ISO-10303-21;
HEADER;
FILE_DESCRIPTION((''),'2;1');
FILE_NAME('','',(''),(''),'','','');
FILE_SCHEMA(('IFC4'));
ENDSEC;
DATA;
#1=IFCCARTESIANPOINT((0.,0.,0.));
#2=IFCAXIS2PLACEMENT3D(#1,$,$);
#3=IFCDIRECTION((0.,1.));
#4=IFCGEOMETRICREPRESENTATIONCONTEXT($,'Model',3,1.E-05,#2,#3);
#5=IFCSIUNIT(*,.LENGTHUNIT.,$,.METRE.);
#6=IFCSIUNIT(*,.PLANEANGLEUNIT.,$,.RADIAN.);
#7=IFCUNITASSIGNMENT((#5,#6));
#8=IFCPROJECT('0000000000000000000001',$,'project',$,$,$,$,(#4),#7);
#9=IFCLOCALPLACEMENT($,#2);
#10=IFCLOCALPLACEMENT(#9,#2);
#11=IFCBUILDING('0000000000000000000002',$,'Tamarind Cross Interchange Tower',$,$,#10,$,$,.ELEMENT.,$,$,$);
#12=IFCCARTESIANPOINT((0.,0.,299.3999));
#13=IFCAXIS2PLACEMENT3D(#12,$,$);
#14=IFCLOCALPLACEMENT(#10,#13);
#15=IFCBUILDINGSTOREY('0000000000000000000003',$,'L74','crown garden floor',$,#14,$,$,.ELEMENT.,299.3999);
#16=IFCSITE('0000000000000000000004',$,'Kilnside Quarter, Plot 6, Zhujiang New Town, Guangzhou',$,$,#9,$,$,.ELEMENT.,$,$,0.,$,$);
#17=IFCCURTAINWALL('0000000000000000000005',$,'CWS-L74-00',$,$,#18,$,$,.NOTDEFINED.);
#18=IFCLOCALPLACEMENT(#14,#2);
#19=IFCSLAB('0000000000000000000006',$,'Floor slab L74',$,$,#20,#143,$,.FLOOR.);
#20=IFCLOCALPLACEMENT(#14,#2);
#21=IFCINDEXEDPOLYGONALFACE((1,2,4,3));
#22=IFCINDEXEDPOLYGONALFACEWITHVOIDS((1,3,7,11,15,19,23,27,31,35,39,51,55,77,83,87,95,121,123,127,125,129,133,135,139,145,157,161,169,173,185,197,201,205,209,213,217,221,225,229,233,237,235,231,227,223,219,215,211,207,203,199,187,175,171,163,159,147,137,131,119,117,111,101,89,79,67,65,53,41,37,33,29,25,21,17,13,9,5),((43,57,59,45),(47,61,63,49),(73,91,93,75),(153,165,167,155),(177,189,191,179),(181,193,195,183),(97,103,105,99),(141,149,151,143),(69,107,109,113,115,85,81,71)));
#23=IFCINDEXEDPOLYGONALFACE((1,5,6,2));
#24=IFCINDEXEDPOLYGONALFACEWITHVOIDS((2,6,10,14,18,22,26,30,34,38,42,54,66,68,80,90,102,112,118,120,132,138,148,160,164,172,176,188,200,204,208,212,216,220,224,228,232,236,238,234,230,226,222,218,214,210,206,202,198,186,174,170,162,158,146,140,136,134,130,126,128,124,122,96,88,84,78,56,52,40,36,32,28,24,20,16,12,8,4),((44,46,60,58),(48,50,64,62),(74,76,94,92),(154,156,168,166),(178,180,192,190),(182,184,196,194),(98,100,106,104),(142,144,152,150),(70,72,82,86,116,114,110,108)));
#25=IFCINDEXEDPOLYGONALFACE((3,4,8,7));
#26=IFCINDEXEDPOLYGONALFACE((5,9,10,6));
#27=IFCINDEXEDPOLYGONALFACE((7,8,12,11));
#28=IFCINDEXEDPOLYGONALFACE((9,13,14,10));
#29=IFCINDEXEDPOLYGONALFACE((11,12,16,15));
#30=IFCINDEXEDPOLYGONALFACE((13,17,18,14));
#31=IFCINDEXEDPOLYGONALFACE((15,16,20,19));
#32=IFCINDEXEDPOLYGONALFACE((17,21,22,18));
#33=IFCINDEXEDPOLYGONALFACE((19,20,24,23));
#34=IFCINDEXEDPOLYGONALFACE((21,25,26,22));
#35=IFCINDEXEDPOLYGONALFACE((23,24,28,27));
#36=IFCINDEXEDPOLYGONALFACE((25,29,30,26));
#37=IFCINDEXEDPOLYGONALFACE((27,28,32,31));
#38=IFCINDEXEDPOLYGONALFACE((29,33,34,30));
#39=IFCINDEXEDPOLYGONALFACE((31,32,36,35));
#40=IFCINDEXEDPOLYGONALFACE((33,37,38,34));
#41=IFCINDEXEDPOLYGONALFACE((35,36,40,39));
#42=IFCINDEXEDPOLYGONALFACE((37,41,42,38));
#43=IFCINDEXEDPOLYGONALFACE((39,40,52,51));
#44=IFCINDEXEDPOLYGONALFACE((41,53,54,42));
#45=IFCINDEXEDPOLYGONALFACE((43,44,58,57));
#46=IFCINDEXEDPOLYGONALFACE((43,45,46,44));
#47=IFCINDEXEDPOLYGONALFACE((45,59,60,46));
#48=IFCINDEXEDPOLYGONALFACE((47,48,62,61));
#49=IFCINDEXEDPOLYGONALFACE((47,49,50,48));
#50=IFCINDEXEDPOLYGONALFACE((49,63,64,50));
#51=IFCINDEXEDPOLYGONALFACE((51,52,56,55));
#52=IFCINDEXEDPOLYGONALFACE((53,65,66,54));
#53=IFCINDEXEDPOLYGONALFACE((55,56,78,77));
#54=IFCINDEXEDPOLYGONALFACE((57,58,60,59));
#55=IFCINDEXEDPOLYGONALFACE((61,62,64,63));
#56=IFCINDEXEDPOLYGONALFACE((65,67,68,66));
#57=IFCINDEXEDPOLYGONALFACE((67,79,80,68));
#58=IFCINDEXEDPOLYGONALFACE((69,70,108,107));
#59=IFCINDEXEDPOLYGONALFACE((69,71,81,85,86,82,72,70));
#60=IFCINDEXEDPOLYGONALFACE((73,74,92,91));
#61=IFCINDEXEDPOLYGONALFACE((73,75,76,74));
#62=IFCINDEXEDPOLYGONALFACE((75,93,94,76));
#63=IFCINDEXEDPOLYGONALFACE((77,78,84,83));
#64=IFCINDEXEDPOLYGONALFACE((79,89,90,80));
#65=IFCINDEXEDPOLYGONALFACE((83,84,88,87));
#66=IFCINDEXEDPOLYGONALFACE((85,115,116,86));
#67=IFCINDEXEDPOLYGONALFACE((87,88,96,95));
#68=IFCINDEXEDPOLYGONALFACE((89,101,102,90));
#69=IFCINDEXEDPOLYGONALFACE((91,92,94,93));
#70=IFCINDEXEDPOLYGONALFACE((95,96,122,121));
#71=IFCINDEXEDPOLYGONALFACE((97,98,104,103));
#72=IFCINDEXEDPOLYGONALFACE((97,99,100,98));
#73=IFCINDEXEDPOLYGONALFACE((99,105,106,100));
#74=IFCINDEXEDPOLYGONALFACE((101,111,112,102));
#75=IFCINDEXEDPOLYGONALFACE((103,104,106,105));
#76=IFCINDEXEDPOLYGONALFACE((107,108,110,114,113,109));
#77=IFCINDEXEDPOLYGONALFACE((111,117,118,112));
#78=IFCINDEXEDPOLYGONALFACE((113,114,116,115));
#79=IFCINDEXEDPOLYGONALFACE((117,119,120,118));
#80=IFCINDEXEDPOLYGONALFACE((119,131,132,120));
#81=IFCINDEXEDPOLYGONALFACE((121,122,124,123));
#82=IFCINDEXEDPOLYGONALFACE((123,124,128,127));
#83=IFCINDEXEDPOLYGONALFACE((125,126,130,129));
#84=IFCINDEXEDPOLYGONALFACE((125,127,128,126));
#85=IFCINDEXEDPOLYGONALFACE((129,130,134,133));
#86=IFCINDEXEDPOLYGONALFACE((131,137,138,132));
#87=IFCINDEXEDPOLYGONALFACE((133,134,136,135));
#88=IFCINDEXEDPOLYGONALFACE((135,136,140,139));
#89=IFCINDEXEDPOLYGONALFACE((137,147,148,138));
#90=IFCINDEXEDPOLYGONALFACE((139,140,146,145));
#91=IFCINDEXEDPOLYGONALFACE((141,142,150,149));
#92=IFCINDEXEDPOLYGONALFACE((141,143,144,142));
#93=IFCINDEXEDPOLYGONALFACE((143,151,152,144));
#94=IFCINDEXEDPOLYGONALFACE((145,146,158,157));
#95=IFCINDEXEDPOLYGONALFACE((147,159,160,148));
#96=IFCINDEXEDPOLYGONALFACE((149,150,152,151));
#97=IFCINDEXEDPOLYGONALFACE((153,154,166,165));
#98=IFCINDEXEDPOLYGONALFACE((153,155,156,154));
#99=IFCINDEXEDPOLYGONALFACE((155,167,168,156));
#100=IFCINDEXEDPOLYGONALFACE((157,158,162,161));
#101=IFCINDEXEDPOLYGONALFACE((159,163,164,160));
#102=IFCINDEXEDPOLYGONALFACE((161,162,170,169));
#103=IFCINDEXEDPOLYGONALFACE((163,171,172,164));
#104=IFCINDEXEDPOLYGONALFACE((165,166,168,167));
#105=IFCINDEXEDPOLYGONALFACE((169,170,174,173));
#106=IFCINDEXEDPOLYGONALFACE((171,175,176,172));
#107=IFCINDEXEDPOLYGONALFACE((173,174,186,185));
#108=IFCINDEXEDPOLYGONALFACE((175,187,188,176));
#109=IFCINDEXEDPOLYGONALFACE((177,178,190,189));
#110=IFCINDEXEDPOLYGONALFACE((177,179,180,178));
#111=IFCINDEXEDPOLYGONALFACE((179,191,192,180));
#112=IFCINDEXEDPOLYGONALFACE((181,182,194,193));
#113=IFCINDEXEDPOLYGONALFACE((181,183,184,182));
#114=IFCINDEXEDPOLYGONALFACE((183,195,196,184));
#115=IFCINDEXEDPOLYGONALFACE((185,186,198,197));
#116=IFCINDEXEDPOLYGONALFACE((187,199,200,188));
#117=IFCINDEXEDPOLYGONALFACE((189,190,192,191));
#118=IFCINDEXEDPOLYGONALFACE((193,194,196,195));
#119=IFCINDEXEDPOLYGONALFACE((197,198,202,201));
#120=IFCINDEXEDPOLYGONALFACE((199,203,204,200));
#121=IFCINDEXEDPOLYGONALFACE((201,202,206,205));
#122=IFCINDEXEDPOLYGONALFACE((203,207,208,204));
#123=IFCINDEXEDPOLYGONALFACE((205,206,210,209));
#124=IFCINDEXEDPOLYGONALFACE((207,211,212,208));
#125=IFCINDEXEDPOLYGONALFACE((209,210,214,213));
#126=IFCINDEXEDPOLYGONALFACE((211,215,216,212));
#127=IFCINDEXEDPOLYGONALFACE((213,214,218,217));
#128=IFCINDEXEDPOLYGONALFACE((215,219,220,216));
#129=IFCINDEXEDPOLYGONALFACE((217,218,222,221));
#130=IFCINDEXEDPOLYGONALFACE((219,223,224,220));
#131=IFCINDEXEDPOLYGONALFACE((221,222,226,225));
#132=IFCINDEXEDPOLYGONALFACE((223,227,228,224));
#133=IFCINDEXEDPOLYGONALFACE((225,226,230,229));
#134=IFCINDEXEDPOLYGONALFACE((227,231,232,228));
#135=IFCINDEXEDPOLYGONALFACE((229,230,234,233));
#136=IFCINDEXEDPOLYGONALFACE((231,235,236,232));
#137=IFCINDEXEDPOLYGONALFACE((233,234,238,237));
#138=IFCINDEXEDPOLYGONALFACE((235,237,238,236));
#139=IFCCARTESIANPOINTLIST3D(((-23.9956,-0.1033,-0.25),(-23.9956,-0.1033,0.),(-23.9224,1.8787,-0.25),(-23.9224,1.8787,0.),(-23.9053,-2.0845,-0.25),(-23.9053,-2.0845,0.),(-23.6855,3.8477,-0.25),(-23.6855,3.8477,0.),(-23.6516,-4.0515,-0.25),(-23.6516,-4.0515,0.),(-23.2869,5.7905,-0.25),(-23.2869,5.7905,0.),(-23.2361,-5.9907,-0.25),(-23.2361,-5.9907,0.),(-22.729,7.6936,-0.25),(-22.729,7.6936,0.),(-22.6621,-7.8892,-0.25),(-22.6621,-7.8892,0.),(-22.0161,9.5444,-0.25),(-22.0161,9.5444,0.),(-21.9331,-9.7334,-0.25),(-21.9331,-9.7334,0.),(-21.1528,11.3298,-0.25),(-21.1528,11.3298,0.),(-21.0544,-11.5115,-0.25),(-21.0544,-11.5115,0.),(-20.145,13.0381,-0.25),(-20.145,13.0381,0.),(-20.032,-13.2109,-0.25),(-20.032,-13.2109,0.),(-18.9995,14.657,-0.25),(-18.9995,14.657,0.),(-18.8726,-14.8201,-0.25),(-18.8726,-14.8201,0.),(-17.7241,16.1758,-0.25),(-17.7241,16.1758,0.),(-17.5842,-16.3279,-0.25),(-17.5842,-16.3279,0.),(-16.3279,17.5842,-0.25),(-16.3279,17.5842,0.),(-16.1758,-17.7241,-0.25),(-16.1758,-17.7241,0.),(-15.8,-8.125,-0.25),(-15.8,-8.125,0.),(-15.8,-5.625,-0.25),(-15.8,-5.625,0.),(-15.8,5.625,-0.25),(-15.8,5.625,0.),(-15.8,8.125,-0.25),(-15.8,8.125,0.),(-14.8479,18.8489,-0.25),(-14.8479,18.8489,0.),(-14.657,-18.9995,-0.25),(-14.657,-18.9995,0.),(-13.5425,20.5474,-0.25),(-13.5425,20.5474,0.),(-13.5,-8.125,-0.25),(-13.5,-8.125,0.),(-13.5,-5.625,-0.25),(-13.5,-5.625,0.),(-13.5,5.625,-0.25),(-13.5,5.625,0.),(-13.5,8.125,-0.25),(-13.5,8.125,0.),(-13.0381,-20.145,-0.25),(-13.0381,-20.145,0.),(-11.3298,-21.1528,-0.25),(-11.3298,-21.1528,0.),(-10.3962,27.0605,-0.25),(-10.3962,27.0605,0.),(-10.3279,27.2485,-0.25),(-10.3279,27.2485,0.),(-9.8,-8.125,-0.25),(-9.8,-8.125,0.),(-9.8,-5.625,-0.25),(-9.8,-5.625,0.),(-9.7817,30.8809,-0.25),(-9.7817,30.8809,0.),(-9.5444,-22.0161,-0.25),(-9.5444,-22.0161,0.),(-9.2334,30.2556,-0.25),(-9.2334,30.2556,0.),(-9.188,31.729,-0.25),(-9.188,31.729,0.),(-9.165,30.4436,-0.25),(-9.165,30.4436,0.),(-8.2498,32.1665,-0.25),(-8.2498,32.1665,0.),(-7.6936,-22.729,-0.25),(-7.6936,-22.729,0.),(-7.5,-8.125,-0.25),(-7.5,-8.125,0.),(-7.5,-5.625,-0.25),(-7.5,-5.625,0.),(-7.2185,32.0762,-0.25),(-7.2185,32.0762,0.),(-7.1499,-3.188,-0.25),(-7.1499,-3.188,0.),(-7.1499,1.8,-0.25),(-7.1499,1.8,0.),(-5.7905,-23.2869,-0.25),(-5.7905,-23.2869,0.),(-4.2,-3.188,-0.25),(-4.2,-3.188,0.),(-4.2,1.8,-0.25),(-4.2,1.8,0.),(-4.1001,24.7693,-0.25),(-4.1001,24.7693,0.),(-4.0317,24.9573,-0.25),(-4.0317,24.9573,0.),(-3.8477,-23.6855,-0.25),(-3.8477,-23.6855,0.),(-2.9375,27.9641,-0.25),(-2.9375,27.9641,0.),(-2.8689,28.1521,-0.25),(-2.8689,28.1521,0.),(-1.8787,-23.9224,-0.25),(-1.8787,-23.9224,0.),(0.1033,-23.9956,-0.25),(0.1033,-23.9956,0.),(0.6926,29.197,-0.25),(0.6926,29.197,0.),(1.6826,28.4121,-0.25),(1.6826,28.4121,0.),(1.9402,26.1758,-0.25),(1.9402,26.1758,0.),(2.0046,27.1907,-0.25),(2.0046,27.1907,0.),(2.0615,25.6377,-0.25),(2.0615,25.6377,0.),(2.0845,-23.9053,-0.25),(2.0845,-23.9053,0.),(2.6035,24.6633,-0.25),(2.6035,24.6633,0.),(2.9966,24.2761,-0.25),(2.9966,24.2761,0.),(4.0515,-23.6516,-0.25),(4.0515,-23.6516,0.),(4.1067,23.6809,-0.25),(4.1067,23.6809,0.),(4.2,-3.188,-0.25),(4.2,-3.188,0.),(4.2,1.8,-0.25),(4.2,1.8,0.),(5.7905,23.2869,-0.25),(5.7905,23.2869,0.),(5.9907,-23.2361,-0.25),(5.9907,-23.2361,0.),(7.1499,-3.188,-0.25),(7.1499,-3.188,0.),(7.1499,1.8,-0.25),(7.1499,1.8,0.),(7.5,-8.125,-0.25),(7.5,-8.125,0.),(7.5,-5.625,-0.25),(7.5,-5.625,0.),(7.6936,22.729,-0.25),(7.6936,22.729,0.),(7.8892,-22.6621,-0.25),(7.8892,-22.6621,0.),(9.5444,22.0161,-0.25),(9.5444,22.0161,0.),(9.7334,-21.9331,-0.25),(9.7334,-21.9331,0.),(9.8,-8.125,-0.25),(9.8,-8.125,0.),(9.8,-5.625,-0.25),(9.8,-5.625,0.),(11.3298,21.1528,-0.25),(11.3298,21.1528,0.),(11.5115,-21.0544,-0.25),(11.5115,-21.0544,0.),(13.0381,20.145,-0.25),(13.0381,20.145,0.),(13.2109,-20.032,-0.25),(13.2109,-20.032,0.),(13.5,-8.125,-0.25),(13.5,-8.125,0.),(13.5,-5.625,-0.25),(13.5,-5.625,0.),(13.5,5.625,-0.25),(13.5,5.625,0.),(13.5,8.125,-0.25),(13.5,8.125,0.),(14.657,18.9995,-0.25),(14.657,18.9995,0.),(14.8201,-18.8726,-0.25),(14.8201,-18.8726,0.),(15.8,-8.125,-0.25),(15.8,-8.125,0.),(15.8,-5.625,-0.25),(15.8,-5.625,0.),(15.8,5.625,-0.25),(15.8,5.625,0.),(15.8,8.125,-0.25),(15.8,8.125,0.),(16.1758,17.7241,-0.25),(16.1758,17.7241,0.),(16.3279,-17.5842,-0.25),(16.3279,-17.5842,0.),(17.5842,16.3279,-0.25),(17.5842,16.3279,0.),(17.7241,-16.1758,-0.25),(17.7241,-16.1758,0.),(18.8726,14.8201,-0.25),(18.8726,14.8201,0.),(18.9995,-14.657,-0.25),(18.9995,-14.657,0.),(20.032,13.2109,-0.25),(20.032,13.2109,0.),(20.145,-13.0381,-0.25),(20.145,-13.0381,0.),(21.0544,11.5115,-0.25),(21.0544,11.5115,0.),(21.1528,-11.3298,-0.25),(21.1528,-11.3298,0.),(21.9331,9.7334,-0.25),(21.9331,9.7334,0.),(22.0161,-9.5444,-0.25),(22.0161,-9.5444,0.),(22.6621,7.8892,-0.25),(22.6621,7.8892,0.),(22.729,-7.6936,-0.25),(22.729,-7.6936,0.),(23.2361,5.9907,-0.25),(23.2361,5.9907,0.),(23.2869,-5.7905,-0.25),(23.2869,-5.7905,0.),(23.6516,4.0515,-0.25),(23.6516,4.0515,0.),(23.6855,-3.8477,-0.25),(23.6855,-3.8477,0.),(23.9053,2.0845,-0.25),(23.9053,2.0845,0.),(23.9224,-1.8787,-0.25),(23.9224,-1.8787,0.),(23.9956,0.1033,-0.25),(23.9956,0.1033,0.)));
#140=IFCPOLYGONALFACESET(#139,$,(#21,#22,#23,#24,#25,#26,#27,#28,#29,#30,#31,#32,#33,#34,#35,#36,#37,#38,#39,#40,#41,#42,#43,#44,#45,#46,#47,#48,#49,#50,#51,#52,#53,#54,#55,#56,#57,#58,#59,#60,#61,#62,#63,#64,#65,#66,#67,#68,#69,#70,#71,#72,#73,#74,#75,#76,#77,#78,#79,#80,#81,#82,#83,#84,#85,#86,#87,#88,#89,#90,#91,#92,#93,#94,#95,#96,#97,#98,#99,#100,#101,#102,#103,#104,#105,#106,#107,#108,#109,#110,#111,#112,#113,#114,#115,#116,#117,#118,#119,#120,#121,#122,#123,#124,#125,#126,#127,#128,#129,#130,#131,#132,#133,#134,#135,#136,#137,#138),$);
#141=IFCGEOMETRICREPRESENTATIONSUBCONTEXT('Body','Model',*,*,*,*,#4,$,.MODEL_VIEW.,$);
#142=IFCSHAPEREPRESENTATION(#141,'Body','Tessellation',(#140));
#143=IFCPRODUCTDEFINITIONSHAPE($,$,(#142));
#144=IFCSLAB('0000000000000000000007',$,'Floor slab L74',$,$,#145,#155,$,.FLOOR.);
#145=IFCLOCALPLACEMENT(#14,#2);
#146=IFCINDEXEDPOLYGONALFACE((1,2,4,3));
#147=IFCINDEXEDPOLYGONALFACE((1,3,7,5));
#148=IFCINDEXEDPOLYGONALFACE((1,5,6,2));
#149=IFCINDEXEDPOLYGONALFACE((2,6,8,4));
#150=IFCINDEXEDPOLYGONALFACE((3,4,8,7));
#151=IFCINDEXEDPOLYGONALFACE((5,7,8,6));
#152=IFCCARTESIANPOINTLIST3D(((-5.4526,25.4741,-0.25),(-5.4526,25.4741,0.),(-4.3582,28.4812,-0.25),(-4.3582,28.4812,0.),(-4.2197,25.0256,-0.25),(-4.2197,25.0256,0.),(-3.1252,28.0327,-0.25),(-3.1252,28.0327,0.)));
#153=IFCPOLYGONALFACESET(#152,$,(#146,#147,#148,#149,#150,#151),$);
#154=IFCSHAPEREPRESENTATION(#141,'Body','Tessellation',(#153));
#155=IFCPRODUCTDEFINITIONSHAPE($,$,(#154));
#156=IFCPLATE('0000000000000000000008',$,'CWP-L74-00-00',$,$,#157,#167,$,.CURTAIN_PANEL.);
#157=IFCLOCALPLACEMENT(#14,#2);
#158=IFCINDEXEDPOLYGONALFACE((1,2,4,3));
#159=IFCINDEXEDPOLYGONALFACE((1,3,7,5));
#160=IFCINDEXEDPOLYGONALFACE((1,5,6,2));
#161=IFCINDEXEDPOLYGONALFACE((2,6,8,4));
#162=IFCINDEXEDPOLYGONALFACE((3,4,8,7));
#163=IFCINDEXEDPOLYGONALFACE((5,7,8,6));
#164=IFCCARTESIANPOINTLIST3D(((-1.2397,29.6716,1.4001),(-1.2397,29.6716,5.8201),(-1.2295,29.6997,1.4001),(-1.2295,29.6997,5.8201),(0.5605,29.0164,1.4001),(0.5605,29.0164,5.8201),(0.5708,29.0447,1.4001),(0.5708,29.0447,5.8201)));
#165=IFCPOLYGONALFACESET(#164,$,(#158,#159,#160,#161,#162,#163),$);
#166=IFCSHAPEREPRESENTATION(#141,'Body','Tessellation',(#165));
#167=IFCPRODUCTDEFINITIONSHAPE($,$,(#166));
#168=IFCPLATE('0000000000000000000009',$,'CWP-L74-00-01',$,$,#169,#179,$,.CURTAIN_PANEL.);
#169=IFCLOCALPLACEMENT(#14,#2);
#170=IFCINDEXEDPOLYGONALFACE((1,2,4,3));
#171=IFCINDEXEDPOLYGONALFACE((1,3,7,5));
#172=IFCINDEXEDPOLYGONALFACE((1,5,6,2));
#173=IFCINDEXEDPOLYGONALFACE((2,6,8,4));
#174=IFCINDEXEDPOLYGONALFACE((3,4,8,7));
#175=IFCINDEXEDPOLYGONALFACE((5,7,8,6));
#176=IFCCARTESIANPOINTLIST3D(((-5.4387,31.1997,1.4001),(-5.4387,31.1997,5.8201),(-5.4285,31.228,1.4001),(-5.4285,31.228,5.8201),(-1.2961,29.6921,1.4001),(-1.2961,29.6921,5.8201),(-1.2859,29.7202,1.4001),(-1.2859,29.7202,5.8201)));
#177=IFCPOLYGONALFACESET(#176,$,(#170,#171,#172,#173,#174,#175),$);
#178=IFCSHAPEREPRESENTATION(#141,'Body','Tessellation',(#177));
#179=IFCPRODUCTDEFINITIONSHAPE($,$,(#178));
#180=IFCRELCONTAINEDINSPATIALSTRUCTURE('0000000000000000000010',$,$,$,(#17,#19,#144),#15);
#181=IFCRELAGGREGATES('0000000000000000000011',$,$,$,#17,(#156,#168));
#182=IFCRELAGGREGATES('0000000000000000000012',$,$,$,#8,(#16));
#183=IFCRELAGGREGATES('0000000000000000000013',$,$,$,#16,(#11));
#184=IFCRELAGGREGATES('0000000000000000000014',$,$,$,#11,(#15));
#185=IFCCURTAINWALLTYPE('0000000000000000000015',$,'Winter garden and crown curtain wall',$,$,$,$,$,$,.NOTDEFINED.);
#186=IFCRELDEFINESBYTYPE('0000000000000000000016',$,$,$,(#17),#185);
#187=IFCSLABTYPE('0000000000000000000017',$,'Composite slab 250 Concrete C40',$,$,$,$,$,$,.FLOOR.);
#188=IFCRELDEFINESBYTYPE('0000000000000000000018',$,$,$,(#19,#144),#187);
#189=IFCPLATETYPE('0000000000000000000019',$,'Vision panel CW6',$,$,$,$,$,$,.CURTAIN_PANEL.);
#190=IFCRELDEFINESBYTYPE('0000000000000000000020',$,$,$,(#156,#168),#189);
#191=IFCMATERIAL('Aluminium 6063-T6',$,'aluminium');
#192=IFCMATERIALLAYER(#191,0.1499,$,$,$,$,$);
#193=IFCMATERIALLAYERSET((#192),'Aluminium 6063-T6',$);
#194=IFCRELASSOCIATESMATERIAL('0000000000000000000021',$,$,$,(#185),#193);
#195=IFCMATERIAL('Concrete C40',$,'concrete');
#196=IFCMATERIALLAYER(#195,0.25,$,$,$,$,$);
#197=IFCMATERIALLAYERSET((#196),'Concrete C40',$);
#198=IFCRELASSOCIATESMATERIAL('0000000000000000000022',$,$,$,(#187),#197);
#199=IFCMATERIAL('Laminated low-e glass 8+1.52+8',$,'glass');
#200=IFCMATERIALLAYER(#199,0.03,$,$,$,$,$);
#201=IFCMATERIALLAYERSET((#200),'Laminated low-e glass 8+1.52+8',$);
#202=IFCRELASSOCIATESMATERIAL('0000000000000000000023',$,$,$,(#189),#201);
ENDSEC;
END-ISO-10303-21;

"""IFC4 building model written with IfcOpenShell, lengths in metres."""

from ifc_helpers import new_model, si_unit, direction, frame, origin, place, context, subcontext, project, spatial, polyline, outline, extrude, material, layer, layer_set, type_object, element, aggregate, save


model = new_model("IFC4")

# Units and contexts
model_context = context("Model", 3, precision=1e-05, world=origin(), true_north=direction((0.0, 1.0)))
body_context = subcontext(model_context, "Body", "Model", "MODEL_VIEW")
ifc_project = project(units=[si_unit("LENGTHUNIT", "METRE"), si_unit("PLANEANGLEUNIT", "RADIAN")], contexts=[model_context])

# Site, building, storey
site_placement = place(None, origin())
site = spatial("IfcSite", under=ifc_project, at=site_placement, Name="Kilnside Quarter, Plot 6, Zhujiang New Town, Guangzhou", CompositionType="ELEMENT", RefElevation=0.0)
building_placement = place(site_placement, origin())
building = spatial("IfcBuilding", under=site, at=building_placement, Name="Tamarind Cross Interchange Tower", CompositionType="ELEMENT")
storey_placement = place(building_placement, frame((0.0, 0.0, 299.3999)))
storey = spatial("IfcBuildingStorey", under=building, at=storey_placement, Name="L74", Description="crown garden floor", CompositionType="ELEMENT", Elevation=299.3999)

# Curtain wall
ifc_material_1 = material(Name="Aluminium 6063-T6", Category="aluminium")
ifc_layer_1 = layer(ifc_material_1, 0.1499)
ifc_layer_set_1 = layer_set([ifc_layer_1], Name="Aluminium 6063-T6")
curtain_wall_type = type_object("IfcCurtainWallType", Name="Winter garden and crown curtain wall", PredefinedType="NOTDEFINED", material=ifc_layer_set_1)
curtain_wall_1_placement = place(storey_placement, origin())
curtain_wall_1 = element("IfcCurtainWall", 1, at=curtain_wall_1_placement, inside=storey, type_object=curtain_wall_type, Name="CWS-L74-00", PredefinedType="NOTDEFINED")

# Slabs
ifc_material_2 = material(Name="Concrete C40", Category="concrete")
ifc_layer_2 = layer(ifc_material_2, 0.25)
ifc_layer_set_2 = layer_set([ifc_layer_2], Name="Concrete C40")
slab_type = type_object("IfcSlabType", Name="Composite slab 250 Concrete C40", PredefinedType="FLOOR", material=ifc_layer_set_2)
slab_1_placement = place(storey_placement, frame((0.0, 0.0, -0.25)))
element("IfcSlab", 2, at=slab_1_placement, inside=storey, type_object=slab_type, Name="Floor slab L74", PredefinedType="FLOOR", context=body_context, shape_type="SweptSolid", body=[
    extrude(outline(polyline([(-9.188, 31.729), (-9.7817, 30.8809), (-13.5425, 20.5474), (-14.8479, 18.8489), (-16.3279, 17.5842), (-17.7241, 16.1758), (-18.9995, 14.657), (-20.145, 13.0381), (-21.1528, 11.3298), (-22.0161, 9.5444), (-22.729, 7.6936), (-23.2869, 5.7905), (-23.6855, 3.8477), (-23.9224, 1.8787), (-23.9956, -0.1033), (-23.9053, -2.0845), (-23.6516, -4.0515), (-23.2361, -5.9907), (-22.6621, -7.8892), (-21.9331, -9.7334), (-21.0544, -11.5115), (-20.032, -13.2109), (-18.8726, -14.8201), (-17.5842, -16.3279), (-16.1758, -17.7241), (-14.657, -18.9995), (-13.0381, -20.145), (-11.3298, -21.1528), (-9.5444, -22.0161), (-7.6936, -22.729), (-5.7905, -23.2869), (-3.8477, -23.6855), (-1.8787, -23.9224), (0.1033, -23.9956), (2.0845, -23.9053), (4.0515, -23.6516), (5.9907, -23.2361), (7.8892, -22.6621), (9.7334, -21.9331), (11.5115, -21.0544), (13.2109, -20.032), (14.8201, -18.8726), (16.3279, -17.5842), (17.7241, -16.1758), (18.9995, -14.657), (20.145, -13.0381), (21.1528, -11.3298), (22.0161, -9.5444), (22.729, -7.6936), (23.2869, -5.7905), (23.6855, -3.8477), (23.9224, -1.8787), (23.9956, 0.1033), (23.9053, 2.0845), (23.6516, 4.0515), (23.2361, 5.9907), (22.6621, 7.8892), (21.9331, 9.7334), (21.0544, 11.5115), (20.032, 13.2109), (18.8726, 14.8201), (17.5842, 16.3279), (16.1758, 17.7241), (14.657, 18.9995), (13.0381, 20.145), (11.3298, 21.1528), (9.5444, 22.0161), (7.6936, 22.729), (5.7905, 23.2869), (4.1067, 23.6809), (2.9966, 24.2761), (2.6035, 24.6633), (2.0615, 25.6377), (1.9402, 26.1758), (2.0046, 27.1907), (1.6826, 28.4121), (0.6926, 29.197), (-7.2185, 32.0762), (-8.2498, 32.1665), (-9.188, 31.729)]), holes=[polyline([(-15.8, -5.625), (-13.5, -5.625), (-13.5, -8.125), (-15.8, -8.125), (-15.8, -5.625)]), polyline([(-7.5, -5.625), (-7.5, -8.125), (-9.8, -8.125), (-9.8, -5.625), (-7.5, -5.625)]), polyline([(-13.5, 8.125), (-13.5, 5.625), (-15.8, 5.625), (-15.8, 8.125), (-13.5, 8.125)]), polyline([(-4.1001, 24.7693), (-10.3962, 27.0605), (-10.3279, 27.2485), (-9.2334, 30.2556), (-9.165, 30.4436), (-2.8689, 28.1521), (-2.9375, 27.9641), (-4.0317, 24.9573), (-4.1001, 24.7693)]), polyline([(7.5, -8.125), (7.5, -5.625), (9.8, -5.625), (9.8, -8.125), (7.5, -8.125)]), polyline([(13.5, -8.125), (13.5, -5.625), (15.8, -5.625), (15.8, -8.125), (13.5, -8.125)]), polyline([(-7.1499, 1.8), (-4.2, 1.8), (-4.2, -3.188), (-7.1499, -3.188), (-7.1499, 1.8)]), polyline([(4.2, 1.8), (7.1499, 1.8), (7.1499, -3.188), (4.2, -3.188), (4.2, 1.8)]), polyline([(13.5, 5.625), (13.5, 8.125), (15.8, 8.125), (15.8, 5.625), (13.5, 5.625)])]), origin(), (0.0, 0.0, 1.0), 0.25),
])
slab_2_placement = place(storey_placement, frame((0.0, 0.0, -0.25)))
element("IfcSlab", 3, at=slab_2_placement, inside=storey, type_object=slab_type, Name="Floor slab L74", PredefinedType="FLOOR", context=body_context, shape_type="SweptSolid", body=[
    extrude(outline(polyline([(-4.3582, 28.4812), (-5.4526, 25.4741), (-4.2197, 25.0256), (-3.1252, 28.0327), (-4.3582, 28.4812)])), origin(), (0.0, 0.0, 1.0), 0.25),
])

# Plates
ifc_material_3 = material(Name="Laminated low-e glass 8+1.52+8", Category="glass")
ifc_layer_3 = layer(ifc_material_3, 0.03)
ifc_layer_set_3 = layer_set([ifc_layer_3], Name="Laminated low-e glass 8+1.52+8")
plate_type = type_object("IfcPlateType", Name="Vision panel CW6", PredefinedType="CURTAIN_PANEL", material=ifc_layer_set_3)
plate_1_placement = place(storey_placement, frame((0.0, 0.0, 1.4001)))
plate_1 = element("IfcPlate", 4, at=plate_1_placement, type_object=plate_type, Name="CWP-L74-00-00", PredefinedType="CURTAIN_PANEL", context=body_context, shape_type="SweptSolid", body=[
    extrude(outline(polyline([(0.5605, 29.0164), (-1.2397, 29.6716), (-1.2295, 29.6997), (0.5708, 29.0447), (0.5605, 29.0164)])), origin(), (0.0, 0.0, 1.0), 4.4199),
])
plate_2_placement = place(storey_placement, frame((0.0, 0.0, 1.4001)))
plate_2 = element("IfcPlate", 5, at=plate_2_placement, type_object=plate_type, Name="CWP-L74-00-01", PredefinedType="CURTAIN_PANEL", context=body_context, shape_type="SweptSolid", body=[
    extrude(outline(polyline([(-1.2961, 29.6921), (-5.4387, 31.1997), (-5.4285, 31.228), (-1.2859, 29.7202), (-1.2961, 29.6921)])), origin(), (0.0, 0.0, 1.0), 4.4199),
])
aggregate(curtain_wall_1, [plate_1, plate_2])

save(model, "model.ifc")
